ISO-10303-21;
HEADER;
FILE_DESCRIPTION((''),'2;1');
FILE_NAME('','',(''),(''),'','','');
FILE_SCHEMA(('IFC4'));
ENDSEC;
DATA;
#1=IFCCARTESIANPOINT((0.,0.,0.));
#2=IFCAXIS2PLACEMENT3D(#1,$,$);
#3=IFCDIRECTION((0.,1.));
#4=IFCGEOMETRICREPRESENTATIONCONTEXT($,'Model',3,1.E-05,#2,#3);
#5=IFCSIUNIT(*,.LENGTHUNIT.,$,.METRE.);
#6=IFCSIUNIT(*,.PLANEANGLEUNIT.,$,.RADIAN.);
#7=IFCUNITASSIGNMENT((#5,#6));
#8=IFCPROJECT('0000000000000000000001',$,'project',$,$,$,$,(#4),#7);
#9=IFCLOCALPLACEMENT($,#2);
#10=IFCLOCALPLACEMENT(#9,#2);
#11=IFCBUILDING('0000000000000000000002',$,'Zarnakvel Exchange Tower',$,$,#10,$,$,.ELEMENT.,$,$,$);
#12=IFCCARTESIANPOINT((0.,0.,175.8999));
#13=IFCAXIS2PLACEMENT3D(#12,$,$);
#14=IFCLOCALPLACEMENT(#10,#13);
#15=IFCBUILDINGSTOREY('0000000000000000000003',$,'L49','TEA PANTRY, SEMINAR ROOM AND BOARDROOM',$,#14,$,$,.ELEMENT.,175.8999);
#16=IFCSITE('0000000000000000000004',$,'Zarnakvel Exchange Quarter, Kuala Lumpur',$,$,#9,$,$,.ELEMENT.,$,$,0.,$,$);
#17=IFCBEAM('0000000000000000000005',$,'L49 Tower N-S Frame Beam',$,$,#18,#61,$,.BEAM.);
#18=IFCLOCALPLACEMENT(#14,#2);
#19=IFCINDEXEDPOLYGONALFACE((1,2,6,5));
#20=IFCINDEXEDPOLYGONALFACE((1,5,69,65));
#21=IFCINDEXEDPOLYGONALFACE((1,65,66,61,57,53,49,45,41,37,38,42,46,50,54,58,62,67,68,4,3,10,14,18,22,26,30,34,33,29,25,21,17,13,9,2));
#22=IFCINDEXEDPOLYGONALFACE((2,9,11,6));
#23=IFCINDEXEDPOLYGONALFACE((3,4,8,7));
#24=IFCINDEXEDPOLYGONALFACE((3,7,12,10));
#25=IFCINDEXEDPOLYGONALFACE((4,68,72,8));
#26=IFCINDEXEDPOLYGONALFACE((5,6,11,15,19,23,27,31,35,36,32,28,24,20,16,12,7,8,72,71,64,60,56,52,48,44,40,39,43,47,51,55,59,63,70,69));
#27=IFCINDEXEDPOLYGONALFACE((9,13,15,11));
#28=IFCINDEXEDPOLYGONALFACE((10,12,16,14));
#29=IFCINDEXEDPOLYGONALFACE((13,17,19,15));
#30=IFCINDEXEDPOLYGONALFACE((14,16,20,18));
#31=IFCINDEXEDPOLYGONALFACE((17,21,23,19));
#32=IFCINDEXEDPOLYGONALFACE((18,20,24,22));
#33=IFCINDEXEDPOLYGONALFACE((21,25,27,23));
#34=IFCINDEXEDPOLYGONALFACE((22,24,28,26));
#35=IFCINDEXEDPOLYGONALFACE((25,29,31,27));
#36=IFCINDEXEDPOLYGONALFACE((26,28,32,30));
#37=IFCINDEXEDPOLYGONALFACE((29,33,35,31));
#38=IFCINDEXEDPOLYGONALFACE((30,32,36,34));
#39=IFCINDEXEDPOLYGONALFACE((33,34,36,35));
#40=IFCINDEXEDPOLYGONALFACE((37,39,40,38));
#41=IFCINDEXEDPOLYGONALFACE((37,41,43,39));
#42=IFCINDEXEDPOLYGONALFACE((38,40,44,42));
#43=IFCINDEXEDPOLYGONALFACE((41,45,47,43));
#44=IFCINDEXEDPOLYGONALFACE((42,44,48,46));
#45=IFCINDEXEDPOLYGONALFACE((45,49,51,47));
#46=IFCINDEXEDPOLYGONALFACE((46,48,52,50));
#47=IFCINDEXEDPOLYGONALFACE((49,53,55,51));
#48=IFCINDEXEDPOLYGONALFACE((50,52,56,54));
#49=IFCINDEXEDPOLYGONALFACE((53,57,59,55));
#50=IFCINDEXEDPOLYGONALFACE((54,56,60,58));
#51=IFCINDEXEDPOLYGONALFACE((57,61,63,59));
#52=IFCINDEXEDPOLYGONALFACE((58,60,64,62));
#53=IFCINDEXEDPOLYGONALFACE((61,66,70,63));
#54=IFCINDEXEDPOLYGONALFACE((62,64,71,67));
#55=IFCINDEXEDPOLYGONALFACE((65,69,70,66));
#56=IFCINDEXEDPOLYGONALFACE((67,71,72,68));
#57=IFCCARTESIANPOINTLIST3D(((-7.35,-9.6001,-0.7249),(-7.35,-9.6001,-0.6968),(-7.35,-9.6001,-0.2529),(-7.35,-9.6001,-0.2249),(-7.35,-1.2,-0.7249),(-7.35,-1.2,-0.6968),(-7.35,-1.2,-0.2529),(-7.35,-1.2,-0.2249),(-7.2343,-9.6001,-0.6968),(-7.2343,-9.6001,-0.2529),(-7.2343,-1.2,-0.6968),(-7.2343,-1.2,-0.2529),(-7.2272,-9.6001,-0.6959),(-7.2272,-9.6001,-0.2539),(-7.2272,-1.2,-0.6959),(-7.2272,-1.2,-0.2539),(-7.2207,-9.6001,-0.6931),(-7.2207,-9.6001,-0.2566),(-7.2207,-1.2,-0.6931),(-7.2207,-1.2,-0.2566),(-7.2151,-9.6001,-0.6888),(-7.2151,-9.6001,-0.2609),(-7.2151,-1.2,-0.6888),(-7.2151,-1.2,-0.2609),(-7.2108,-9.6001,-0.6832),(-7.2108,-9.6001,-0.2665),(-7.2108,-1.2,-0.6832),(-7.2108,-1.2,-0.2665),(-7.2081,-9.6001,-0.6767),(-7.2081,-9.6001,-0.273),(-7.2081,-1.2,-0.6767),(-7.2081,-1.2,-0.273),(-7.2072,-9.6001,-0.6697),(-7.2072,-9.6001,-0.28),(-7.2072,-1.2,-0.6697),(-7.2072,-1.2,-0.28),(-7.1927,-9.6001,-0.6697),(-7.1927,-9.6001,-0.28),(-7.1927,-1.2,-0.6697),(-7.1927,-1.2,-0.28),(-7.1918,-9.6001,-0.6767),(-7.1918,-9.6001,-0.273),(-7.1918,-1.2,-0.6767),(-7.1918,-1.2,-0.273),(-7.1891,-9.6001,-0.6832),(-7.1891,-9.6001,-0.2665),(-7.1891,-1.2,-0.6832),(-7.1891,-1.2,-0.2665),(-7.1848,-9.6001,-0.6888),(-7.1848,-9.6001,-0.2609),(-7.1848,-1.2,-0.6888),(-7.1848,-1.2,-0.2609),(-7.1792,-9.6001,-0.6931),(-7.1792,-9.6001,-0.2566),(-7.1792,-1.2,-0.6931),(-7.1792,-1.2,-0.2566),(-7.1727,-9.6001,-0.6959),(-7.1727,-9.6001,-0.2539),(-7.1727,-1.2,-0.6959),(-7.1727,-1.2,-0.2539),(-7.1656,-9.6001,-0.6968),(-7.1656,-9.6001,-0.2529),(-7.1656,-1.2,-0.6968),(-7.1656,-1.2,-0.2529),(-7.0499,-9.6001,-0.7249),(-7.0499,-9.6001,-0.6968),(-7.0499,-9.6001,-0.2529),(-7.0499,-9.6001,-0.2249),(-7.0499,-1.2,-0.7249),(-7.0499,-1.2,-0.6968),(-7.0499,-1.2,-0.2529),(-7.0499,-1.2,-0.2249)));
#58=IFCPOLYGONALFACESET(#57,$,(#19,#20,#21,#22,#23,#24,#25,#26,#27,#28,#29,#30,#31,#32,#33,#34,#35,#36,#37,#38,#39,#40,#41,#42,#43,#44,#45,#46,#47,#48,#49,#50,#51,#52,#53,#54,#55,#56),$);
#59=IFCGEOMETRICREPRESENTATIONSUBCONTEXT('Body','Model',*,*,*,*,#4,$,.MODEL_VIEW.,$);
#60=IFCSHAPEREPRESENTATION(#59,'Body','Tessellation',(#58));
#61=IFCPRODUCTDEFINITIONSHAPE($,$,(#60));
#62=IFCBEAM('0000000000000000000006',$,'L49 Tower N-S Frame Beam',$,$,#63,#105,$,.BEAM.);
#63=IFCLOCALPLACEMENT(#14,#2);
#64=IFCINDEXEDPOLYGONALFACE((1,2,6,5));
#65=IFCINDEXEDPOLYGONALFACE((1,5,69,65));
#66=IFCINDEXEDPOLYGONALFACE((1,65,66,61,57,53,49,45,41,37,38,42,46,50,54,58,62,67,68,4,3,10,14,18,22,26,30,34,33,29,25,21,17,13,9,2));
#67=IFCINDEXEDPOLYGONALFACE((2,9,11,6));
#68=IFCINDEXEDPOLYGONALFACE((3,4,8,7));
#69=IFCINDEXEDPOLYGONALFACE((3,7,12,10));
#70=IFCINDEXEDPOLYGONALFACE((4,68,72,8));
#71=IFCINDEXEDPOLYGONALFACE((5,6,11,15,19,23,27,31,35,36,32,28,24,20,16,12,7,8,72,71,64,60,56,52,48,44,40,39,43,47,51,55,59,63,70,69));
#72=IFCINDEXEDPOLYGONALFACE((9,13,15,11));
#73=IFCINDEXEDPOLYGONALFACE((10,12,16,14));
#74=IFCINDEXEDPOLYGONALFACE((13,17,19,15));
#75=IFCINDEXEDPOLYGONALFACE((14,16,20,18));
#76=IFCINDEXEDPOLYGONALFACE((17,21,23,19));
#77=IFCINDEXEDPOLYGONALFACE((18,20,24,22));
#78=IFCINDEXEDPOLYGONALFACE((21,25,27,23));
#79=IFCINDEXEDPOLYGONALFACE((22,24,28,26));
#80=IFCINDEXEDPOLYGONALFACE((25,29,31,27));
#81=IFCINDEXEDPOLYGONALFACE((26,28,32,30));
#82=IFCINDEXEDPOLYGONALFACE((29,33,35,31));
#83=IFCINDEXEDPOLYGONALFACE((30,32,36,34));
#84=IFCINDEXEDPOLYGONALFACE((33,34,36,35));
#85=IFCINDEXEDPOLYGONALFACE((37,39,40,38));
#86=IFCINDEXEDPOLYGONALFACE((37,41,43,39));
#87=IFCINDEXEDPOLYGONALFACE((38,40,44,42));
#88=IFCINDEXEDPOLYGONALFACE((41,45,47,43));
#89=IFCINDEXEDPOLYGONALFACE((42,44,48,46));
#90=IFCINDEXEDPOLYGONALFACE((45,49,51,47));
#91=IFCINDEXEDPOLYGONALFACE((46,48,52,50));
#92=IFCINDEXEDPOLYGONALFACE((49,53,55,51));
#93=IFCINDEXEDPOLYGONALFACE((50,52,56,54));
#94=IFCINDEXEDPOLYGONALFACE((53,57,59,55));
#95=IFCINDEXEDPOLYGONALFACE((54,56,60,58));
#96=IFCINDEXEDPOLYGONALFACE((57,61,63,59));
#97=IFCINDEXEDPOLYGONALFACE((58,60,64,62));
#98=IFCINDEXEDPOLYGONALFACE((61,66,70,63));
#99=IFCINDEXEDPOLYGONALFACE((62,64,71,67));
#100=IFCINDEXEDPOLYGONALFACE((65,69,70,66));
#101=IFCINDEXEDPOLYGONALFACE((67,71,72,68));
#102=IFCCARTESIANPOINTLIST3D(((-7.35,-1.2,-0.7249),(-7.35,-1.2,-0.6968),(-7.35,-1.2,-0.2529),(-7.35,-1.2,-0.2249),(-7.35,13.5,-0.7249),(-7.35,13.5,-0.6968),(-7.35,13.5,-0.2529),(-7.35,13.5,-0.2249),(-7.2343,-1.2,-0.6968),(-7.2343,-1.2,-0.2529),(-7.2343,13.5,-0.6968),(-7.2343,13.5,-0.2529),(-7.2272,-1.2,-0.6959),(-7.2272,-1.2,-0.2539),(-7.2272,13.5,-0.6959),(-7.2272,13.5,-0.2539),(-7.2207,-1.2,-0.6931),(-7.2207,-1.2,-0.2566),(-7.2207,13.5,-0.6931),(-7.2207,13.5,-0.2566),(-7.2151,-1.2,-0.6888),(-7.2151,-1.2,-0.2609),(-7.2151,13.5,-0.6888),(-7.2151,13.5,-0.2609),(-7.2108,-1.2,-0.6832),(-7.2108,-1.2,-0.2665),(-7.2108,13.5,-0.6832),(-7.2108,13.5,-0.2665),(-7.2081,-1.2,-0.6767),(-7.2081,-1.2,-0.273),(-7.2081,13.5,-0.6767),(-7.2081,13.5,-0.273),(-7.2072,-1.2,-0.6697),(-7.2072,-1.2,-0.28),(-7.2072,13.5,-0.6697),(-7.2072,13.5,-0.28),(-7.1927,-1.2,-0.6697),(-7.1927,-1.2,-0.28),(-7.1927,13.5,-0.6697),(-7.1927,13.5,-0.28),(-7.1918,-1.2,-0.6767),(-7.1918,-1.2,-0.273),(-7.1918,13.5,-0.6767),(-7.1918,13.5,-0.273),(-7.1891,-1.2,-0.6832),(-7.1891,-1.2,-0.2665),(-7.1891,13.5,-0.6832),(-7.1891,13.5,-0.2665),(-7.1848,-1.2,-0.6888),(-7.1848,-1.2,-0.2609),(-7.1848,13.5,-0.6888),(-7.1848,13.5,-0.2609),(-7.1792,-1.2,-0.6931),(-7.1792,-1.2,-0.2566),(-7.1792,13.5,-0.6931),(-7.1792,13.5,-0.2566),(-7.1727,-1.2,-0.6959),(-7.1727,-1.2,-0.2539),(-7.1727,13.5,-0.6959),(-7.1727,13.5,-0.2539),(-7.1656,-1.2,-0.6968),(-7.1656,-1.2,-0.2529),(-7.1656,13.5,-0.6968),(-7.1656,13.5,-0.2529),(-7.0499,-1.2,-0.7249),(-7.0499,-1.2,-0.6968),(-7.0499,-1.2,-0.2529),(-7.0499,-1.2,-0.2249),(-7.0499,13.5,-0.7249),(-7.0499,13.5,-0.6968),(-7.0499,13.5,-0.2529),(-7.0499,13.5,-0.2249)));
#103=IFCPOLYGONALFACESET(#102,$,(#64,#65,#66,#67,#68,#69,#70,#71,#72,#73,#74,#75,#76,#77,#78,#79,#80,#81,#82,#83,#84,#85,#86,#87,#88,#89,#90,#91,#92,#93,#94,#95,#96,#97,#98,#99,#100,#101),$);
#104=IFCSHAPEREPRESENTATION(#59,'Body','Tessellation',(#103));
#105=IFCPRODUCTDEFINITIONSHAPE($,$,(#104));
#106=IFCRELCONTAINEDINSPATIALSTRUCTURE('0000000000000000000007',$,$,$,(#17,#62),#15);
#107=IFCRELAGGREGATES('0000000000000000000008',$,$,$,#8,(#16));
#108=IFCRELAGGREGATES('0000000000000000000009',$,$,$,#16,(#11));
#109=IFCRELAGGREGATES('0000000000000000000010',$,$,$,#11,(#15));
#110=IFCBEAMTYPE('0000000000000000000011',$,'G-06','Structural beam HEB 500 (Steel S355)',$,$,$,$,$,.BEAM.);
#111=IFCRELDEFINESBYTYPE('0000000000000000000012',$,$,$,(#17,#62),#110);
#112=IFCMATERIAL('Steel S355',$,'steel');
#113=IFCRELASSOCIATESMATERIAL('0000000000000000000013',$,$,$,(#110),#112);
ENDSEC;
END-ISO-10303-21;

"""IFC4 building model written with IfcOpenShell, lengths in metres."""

from ifc_helpers import new_model, si_unit, direction, frame, origin, origin_2d, place, context, subcontext, project, spatial, i_section, extrude, material, material_profile, profile_set, type_object, element, save


model = new_model("IFC4")

# Units and contexts
model_context = context("Model", 3, precision=1e-05, world=origin(), true_north=direction((0.0, 1.0)))
body_context = subcontext(model_context, "Body", "Model", "MODEL_VIEW")
ifc_project = project(units=[si_unit("LENGTHUNIT", "METRE"), si_unit("PLANEANGLEUNIT", "RADIAN")], contexts=[model_context])

# Site, building, storey
site_placement = place(None, origin())
site = spatial("IfcSite", under=ifc_project, at=site_placement, Name="Zarnakvel Exchange Quarter, Kuala Lumpur", CompositionType="ELEMENT", RefElevation=0.0)
building_placement = place(site_placement, origin())
building = spatial("IfcBuilding", under=site, at=building_placement, Name="Zarnakvel Exchange Tower", CompositionType="ELEMENT")
storey_placement = place(building_placement, frame((0.0, 0.0, 175.8999)))
storey = spatial("IfcBuildingStorey", under=building, at=storey_placement, Name="L49", Description="TEA PANTRY, SEMINAR ROOM AND BOARDROOM", CompositionType="ELEMENT", Elevation=175.8999)

# Beams
ifc_material_1 = material(Name="Steel S355", Category="steel")
ifc_material_profile_1 = material_profile(ifc_material_1, i_section(OverallWidth=0.3, OverallDepth=0.5, WebThickness=0.0144, FlangeThickness=0.0281, FilletRadius=0.0271, at=origin_2d()))
ifc_profile_set_1 = profile_set([ifc_material_profile_1], Name="Steel S355")
beam_type_1 = type_object("IfcBeamType", Name="G-06", Description="Structural beam HEB 500 (Steel S355)", PredefinedType="BEAM", material=ifc_profile_set_1)
beam_1_placement = place(storey_placement, frame((-7.2, -9.6001, -0.4749), z_axis=(0.0, 1.0, 0.0), x_axis=(-1.0, 0.0, 0.0)))
element("IfcBeam", 1, at=beam_1_placement, inside=storey, type_object=beam_type_1, Name="L49 Tower N-S Frame Beam", PredefinedType="BEAM", context=body_context, shape_type="SweptSolid", body=[
    extrude(i_section(OverallWidth=0.3, OverallDepth=0.5, WebThickness=0.0144, FlangeThickness=0.0281, FilletRadius=0.0271, at=origin_2d()), origin(), (0.0, 0.0, 1.0), 8.4001),
])
beam_2_placement = place(storey_placement, frame((-7.2, -1.2, -0.4749), z_axis=(0.0, 1.0, 0.0), x_axis=(-1.0, 0.0, 0.0)))
element("IfcBeam", 2, at=beam_2_placement, inside=storey, type_object=beam_type_1, Name="L49 Tower N-S Frame Beam", PredefinedType="BEAM", context=body_context, shape_type="SweptSolid", body=[
    extrude(i_section(OverallWidth=0.3, OverallDepth=0.5, WebThickness=0.0144, FlangeThickness=0.0281, FilletRadius=0.0271, at=origin_2d()), origin(), (0.0, 0.0, 1.0), 14.7),
])

save(model, "model.ifc")
